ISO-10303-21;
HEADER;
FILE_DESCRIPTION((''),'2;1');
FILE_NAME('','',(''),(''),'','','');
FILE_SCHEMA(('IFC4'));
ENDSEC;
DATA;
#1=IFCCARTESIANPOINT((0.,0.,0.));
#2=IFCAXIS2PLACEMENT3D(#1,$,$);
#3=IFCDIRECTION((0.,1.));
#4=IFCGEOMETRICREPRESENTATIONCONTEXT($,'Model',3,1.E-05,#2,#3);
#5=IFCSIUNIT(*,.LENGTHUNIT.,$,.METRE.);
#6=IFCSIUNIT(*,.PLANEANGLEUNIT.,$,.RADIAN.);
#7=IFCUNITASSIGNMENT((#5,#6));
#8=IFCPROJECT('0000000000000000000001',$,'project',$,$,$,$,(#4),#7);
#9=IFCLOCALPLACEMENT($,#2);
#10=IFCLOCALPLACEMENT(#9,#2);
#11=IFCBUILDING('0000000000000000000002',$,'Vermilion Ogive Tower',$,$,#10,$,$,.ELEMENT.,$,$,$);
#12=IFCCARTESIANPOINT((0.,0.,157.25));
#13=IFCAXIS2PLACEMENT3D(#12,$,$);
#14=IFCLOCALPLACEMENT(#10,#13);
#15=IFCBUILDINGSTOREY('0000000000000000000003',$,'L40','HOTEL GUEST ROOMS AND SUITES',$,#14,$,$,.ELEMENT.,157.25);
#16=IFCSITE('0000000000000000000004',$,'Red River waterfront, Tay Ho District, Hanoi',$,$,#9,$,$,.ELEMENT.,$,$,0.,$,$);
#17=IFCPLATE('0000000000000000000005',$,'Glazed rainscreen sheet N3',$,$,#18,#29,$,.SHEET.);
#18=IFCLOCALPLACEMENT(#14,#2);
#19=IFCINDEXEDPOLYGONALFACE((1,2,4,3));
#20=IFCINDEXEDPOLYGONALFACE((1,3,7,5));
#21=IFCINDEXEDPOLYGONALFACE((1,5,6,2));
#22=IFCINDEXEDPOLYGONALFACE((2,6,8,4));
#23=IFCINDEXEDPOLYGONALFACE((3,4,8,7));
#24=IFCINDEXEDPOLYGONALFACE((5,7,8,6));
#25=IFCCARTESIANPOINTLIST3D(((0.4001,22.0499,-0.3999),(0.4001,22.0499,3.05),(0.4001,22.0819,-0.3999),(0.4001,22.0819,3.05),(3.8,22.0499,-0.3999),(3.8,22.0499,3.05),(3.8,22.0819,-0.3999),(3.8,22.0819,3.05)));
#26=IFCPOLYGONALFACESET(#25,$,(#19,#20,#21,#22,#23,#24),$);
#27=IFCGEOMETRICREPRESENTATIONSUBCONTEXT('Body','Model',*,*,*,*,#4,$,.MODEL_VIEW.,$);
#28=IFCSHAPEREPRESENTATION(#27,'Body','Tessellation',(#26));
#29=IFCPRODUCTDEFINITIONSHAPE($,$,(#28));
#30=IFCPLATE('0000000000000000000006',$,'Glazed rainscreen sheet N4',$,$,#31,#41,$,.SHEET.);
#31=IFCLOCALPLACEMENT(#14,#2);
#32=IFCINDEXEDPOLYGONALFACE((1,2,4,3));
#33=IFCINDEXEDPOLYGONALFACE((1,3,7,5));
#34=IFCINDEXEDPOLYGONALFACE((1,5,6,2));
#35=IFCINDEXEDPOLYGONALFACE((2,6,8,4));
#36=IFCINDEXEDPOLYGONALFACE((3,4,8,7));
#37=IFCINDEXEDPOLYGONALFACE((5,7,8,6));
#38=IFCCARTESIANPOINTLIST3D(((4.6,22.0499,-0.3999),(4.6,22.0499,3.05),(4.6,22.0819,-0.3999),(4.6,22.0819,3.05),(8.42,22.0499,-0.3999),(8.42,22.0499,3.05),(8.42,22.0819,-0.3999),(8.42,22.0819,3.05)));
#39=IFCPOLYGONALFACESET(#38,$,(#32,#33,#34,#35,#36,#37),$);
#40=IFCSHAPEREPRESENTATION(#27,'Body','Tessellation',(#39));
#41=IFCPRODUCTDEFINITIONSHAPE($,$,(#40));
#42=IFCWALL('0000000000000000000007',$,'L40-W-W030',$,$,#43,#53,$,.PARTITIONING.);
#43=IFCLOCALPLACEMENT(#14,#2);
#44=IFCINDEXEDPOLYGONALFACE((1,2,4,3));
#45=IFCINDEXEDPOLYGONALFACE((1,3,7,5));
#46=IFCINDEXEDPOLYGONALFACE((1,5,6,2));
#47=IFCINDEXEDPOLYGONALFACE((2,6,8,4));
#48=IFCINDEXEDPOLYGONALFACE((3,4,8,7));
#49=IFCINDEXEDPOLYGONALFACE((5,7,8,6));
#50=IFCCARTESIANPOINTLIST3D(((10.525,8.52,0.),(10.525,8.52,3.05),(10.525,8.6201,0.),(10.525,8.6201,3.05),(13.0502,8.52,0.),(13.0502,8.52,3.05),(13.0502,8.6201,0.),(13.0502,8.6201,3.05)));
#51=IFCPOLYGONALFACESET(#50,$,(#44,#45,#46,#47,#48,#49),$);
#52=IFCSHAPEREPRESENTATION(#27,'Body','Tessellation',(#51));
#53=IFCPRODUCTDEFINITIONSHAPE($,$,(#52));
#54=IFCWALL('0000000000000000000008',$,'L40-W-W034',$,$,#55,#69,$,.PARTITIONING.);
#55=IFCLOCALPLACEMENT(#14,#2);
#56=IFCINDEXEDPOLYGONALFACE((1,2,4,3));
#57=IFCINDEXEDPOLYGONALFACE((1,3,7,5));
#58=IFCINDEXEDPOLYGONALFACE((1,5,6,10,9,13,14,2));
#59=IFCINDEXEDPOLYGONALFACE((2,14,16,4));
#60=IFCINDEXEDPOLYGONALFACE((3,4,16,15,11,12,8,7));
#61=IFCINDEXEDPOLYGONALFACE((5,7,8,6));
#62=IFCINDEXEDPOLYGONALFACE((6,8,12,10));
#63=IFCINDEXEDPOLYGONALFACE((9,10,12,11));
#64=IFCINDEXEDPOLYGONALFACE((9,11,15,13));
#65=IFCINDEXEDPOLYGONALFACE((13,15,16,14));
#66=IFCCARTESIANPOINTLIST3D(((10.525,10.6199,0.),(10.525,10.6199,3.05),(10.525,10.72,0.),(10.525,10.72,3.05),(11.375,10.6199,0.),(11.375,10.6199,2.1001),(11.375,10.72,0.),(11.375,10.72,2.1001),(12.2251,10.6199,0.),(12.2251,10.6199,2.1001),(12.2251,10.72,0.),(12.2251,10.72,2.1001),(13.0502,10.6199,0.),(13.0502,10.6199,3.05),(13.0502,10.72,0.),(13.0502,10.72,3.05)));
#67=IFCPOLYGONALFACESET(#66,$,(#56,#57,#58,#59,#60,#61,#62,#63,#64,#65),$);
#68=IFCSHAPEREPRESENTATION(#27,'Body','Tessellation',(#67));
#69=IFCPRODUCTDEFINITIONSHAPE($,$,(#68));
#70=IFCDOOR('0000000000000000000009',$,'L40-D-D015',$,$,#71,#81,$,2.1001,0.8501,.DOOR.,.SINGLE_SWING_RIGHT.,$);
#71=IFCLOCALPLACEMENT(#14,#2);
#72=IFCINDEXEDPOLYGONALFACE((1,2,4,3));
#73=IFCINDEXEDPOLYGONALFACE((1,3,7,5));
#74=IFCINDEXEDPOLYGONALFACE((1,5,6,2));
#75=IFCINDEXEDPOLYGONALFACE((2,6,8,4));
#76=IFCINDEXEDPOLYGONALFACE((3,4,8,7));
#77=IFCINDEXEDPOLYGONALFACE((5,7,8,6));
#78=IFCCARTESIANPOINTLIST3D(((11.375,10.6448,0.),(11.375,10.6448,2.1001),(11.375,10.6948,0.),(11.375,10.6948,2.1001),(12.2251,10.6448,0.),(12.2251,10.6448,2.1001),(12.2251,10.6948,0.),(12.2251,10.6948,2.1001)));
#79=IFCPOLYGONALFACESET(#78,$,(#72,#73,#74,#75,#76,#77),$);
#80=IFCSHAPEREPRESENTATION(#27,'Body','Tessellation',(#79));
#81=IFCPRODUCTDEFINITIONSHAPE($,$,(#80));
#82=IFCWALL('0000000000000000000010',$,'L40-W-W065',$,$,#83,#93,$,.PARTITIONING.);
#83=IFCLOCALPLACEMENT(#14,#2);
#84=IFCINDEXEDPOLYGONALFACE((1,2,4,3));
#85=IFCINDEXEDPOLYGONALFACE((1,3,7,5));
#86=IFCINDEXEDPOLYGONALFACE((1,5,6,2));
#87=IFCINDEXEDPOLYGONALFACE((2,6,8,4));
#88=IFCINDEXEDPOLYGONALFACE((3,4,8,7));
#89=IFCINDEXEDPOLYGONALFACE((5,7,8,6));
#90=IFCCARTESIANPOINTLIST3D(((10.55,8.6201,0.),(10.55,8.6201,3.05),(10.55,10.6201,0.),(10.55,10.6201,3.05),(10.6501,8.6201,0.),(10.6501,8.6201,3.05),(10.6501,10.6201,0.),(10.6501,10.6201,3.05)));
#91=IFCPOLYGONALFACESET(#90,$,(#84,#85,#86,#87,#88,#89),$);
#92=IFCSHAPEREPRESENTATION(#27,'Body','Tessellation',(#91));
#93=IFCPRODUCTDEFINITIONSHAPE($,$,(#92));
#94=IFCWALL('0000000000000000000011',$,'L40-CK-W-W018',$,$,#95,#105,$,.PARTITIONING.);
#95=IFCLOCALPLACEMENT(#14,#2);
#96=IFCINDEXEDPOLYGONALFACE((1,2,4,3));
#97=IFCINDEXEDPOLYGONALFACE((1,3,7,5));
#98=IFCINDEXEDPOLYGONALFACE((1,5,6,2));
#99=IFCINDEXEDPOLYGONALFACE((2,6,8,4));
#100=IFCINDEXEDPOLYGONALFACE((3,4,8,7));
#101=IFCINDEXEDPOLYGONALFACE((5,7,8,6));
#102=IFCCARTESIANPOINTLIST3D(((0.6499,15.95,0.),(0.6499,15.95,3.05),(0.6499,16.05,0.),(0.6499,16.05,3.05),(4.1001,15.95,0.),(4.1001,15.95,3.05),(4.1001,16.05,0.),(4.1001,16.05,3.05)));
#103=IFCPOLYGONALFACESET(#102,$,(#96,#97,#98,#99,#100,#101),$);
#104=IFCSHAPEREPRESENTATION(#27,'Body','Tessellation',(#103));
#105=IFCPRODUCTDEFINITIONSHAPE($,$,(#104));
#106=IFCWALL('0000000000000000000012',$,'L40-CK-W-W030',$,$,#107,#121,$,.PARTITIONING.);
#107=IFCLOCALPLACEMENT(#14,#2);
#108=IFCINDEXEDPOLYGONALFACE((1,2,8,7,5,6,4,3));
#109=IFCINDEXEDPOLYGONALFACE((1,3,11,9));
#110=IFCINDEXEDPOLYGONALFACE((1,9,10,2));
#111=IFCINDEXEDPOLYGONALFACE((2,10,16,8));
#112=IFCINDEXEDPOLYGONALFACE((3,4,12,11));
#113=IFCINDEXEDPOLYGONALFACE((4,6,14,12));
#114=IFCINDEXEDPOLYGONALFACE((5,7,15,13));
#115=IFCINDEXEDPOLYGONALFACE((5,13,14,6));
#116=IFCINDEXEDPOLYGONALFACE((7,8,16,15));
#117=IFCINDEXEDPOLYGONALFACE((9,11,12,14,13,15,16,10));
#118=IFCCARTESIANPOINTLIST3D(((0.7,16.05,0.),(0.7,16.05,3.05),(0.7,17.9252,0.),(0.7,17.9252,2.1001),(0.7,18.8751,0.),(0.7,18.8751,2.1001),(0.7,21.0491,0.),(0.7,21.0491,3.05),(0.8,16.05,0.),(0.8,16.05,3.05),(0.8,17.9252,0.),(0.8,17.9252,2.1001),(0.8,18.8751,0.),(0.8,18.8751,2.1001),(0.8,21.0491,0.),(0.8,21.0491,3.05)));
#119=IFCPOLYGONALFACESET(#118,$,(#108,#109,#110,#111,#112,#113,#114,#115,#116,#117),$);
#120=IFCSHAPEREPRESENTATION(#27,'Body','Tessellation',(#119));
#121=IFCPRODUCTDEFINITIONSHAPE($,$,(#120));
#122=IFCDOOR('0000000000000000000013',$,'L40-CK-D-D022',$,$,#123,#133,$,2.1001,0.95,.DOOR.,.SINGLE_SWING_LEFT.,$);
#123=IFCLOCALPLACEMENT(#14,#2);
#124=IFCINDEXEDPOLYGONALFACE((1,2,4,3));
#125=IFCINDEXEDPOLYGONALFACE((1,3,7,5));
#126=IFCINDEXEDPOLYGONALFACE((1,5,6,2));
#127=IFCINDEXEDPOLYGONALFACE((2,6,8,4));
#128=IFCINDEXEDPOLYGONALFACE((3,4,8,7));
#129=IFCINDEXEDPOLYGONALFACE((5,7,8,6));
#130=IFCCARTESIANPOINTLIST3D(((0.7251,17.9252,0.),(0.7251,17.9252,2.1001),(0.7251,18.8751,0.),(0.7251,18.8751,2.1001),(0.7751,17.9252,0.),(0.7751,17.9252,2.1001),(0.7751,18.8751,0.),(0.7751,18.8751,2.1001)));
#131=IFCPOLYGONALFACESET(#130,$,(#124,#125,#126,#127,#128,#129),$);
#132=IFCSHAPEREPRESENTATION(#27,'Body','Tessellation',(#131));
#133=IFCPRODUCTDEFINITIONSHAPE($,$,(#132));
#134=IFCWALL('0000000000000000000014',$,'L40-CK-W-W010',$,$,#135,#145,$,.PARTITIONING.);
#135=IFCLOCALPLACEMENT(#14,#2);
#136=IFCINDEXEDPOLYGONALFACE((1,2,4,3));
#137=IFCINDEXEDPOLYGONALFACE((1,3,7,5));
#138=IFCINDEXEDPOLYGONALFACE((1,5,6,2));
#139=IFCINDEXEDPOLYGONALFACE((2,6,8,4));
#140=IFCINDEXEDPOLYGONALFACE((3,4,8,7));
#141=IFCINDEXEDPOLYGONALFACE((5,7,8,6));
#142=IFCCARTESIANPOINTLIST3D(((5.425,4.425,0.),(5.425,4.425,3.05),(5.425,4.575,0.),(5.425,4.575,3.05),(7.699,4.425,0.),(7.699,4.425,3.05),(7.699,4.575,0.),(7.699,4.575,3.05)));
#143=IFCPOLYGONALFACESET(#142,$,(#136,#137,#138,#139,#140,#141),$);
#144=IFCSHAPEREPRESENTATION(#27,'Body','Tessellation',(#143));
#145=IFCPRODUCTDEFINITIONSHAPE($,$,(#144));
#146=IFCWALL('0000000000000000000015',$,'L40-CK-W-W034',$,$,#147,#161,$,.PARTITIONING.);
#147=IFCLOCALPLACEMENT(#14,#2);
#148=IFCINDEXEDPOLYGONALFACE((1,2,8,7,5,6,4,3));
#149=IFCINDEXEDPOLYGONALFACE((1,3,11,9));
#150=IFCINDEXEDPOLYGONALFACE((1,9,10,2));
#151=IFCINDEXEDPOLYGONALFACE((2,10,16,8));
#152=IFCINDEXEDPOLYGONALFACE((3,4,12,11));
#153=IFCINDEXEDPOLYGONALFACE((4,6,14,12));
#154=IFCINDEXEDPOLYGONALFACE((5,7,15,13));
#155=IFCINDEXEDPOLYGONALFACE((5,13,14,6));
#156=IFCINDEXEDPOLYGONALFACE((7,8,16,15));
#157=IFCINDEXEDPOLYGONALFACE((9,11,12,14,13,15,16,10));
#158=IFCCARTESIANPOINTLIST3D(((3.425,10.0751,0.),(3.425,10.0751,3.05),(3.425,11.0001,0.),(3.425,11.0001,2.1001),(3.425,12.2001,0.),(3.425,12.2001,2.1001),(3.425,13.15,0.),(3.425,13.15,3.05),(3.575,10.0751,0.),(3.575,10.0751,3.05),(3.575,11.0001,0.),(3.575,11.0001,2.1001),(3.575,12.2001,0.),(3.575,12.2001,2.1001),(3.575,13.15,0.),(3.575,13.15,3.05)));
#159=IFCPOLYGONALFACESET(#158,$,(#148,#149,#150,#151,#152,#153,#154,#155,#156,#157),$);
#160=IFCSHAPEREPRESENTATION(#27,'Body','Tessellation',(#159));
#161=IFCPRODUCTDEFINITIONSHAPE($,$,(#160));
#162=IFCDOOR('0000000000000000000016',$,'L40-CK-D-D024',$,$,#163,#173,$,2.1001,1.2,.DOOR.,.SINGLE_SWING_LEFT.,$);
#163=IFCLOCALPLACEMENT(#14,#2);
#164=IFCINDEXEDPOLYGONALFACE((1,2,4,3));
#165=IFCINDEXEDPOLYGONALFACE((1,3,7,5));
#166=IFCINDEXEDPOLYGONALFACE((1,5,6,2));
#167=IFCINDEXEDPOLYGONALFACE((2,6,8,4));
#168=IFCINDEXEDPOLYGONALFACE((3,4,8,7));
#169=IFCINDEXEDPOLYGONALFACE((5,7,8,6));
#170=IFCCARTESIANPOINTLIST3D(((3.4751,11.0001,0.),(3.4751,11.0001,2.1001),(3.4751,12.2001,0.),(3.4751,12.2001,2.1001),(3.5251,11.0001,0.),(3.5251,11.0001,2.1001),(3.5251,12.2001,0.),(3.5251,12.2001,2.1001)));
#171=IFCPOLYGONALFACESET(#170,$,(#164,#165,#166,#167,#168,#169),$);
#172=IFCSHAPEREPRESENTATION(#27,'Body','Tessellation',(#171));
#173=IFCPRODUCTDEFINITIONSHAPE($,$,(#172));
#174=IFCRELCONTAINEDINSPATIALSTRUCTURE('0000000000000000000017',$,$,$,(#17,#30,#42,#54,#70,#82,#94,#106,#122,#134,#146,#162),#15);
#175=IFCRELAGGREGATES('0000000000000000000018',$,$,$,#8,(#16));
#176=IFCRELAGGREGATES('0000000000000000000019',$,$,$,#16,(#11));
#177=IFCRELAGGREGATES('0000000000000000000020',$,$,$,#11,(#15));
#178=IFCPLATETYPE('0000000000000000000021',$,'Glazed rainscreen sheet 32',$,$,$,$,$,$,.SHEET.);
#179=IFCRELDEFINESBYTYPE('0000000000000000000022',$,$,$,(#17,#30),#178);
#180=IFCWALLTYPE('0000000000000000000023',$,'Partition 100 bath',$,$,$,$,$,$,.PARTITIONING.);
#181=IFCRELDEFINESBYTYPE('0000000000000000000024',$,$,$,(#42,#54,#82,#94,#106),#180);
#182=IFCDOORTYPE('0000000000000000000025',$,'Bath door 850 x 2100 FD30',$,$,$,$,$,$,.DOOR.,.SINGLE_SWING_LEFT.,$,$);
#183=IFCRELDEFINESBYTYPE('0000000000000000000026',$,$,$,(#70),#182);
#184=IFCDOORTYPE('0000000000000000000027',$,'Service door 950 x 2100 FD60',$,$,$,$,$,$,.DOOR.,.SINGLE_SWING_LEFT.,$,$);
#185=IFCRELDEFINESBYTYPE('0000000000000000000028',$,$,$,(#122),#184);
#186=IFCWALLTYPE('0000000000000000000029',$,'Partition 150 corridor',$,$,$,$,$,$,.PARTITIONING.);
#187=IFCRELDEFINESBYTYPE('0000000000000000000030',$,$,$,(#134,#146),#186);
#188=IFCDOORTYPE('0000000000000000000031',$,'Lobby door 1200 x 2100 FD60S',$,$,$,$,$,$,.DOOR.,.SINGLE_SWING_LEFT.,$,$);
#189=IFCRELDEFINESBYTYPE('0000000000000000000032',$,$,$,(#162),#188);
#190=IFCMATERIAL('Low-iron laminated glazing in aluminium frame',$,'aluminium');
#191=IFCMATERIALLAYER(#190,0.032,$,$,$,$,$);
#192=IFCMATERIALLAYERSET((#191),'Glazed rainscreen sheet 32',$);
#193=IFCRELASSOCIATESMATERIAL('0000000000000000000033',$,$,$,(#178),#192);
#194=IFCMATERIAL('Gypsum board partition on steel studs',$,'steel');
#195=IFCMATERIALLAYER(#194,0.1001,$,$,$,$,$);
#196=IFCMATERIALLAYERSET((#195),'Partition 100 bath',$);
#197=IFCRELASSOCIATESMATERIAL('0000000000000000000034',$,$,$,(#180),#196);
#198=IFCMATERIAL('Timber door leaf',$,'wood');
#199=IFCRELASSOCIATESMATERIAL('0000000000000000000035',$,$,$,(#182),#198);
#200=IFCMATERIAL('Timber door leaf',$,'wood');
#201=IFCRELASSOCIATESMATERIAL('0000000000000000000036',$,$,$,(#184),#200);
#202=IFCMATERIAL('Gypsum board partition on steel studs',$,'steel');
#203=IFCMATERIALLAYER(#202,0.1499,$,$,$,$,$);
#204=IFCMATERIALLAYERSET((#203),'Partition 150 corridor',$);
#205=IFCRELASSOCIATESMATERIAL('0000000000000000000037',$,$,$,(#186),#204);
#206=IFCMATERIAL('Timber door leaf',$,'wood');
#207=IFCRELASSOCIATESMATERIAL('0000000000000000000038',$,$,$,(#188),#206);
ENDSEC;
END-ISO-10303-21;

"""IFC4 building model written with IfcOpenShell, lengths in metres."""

from ifc_helpers import new_model, si_unit, direction, frame, frame_2d, origin, origin_2d, place, context, subcontext, project, spatial, rectangle, extrude, material, layer, layer_set, type_object, element, fill, save


model = new_model("IFC4")

# Units and contexts
model_context = context("Model", 3, precision=1e-05, world=origin(), true_north=direction((0.0, 1.0)))
body_context = subcontext(model_context, "Body", "Model", "MODEL_VIEW")
ifc_project = project(units=[si_unit("LENGTHUNIT", "METRE"), si_unit("PLANEANGLEUNIT", "RADIAN")], contexts=[model_context])

# Site, building, storey
site_placement = place(None, origin())
site = spatial("IfcSite", under=ifc_project, at=site_placement, Name="Red River waterfront, Tay Ho District, Hanoi", CompositionType="ELEMENT", RefElevation=0.0)
building_placement = place(site_placement, origin())
building = spatial("IfcBuilding", under=site, at=building_placement, Name="Vermilion Ogive Tower", CompositionType="ELEMENT")
storey_placement = place(building_placement, frame((0.0, 0.0, 157.25)))
storey = spatial("IfcBuildingStorey", under=building, at=storey_placement, Name="L40", Description="HOTEL GUEST ROOMS AND SUITES", CompositionType="ELEMENT", Elevation=157.25)

# Plates
ifc_material_1 = material(Name="Low-iron laminated glazing in aluminium frame", Category="aluminium")
ifc_layer_1 = layer(ifc_material_1, 0.032)
ifc_layer_set_1 = layer_set([ifc_layer_1], Name="Glazed rainscreen sheet 32")
plate_type = type_object("IfcPlateType", Name="Glazed rainscreen sheet 32", PredefinedType="SHEET", material=ifc_layer_set_1)
plate_1_placement = place(storey_placement, frame((2.1001, 22.0659, -0.3999), z_axis=(0.0, 0.0, 1.0), x_axis=(1.0, 0.0, 0.0)))
element("IfcPlate", 1, at=plate_1_placement, inside=storey, type_object=plate_type, Name="Glazed rainscreen sheet N3", PredefinedType="SHEET", context=body_context, shape_type="SweptSolid", body=[
    extrude(rectangle(XDim=3.3999, YDim=0.032, at=origin_2d()), origin(), (0.0, 0.0, 1.0), 3.45),
])
plate_2_placement = place(storey_placement, frame((6.51, 22.0659, -0.3999), z_axis=(0.0, 0.0, 1.0), x_axis=(1.0, 0.0, 0.0)))
element("IfcPlate", 2, at=plate_2_placement, inside=storey, type_object=plate_type, Name="Glazed rainscreen sheet N4", PredefinedType="SHEET", context=body_context, shape_type="SweptSolid", body=[
    extrude(rectangle(XDim=3.8201, YDim=0.032, at=origin_2d()), origin(), (0.0, 0.0, 1.0), 3.45),
])

# Wall
ifc_material_2 = material(Name="Gypsum board partition on steel studs", Category="steel")
ifc_layer_2 = layer(ifc_material_2, 0.1001)
ifc_layer_set_2 = layer_set([ifc_layer_2], Name="Partition 100 bath")
wall_type_1 = type_object("IfcWallType", Name="Partition 100 bath", PredefinedType="PARTITIONING", material=ifc_layer_set_2)
wall_1_placement = place(storey_placement, frame((10.5249, 8.5701, 0.0), z_axis=(0.0, 0.0, 1.0), x_axis=(1.0, 0.0, 0.0)))
element("IfcWall", 3, at=wall_1_placement, inside=storey, type_object=wall_type_1, Name="L40-W-W030", PredefinedType="PARTITIONING", context=body_context, shape_type="SweptSolid", body=[
    extrude(rectangle(XDim=2.5251, YDim=0.1001, at=frame_2d((1.2627, 0.0))), origin(), (0.0, 0.0, 1.0), 3.05),
])

# Wall, opening, door
wall_2_placement = place(storey_placement, frame((10.5249, 10.6699, 0.0), z_axis=(0.0, 0.0, 1.0), x_axis=(1.0, 0.0, 0.0)))
wall_2 = element("IfcWall", 4, at=wall_2_placement, inside=storey, type_object=wall_type_1, Name="L40-W-W034", PredefinedType="PARTITIONING", context=body_context, shape_type="SweptSolid", body=[
    extrude(rectangle(XDim=2.5251, YDim=0.1001, at=frame_2d((1.2627, 0.0))), origin(), (0.0, 0.0, 1.0), 3.05),
])
opening_1_placement = place(wall_2_placement, frame((0.8501, 0.0, 0.0)))
opening_1 = element("IfcOpeningElement", 5, at=opening_1_placement, cuts=wall_2, PredefinedType="OPENING", context=body_context, shape_type="SweptSolid", body=[
    extrude(rectangle(XDim=0.8501, YDim=2.1001, at=frame_2d((0.425, 1.05))), frame((0.0, 0.0601, 0.0), z_axis=(0.0, -1.0, 0.0), x_axis=(1.0, 0.0, 0.0)), (0.0, 0.0, 1.0), 0.1201),
])
ifc_material_3 = material(Name="Timber door leaf", Category="wood")
door_type_1 = type_object("IfcDoorType", Name="Bath door 850 x 2100 FD30", OperationType="SINGLE_SWING_LEFT", PredefinedType="DOOR", material=ifc_material_3)
door_1_placement = place(opening_1_placement, origin())
door_1 = element("IfcDoor", 6, at=door_1_placement, inside=storey, type_object=door_type_1, Name="L40-D-D015", OperationType="SINGLE_SWING_RIGHT", OverallHeight=2.1001, OverallWidth=0.8501, PredefinedType="DOOR", context=body_context, shape_type="SweptSolid", body=[
    extrude(rectangle(XDim=0.8501, YDim=2.1001, at=frame_2d((0.425, 1.05))), frame((0.0, 0.0249, 0.0), z_axis=(0.0, -1.0, 0.0), x_axis=(1.0, 0.0, 0.0)), (0.0, 0.0, 1.0), 0.05),
])
fill(opening_1, door_1)

# Walls
wall_3_placement = place(storey_placement, frame((10.6001, 8.6201, 0.0), z_axis=(0.0, 0.0, 1.0), x_axis=(0.0, 1.0, 0.0)))
element("IfcWall", 7, at=wall_3_placement, inside=storey, type_object=wall_type_1, Name="L40-W-W065", PredefinedType="PARTITIONING", context=body_context, shape_type="SweptSolid", body=[
    extrude(rectangle(XDim=2.0, YDim=0.1001, at=frame_2d((1.0, 0.0))), origin(), (0.0, 0.0, 1.0), 3.05),
])
wall_4_placement = place(storey_placement, frame((0.6499, 16.0, 0.0), z_axis=(0.0, 0.0, 1.0), x_axis=(1.0, 0.0, 0.0)))
element("IfcWall", 8, at=wall_4_placement, inside=storey, type_object=wall_type_1, Name="L40-CK-W-W018", PredefinedType="PARTITIONING", context=body_context, shape_type="SweptSolid", body=[
    extrude(rectangle(XDim=3.4502, YDim=0.1001, at=frame_2d((1.7251, 0.0))), origin(), (0.0, 0.0, 1.0), 3.05),
])

# Wall, opening, door
wall_5_placement = place(storey_placement, frame((0.75, 16.05, 0.0), z_axis=(0.0, 0.0, 1.0), x_axis=(0.0, 1.0, 0.0)))
wall_5 = element("IfcWall", 9, at=wall_5_placement, inside=storey, type_object=wall_type_1, Name="L40-CK-W-W030", PredefinedType="PARTITIONING", context=body_context, shape_type="SweptSolid", body=[
    extrude(rectangle(XDim=4.999, YDim=0.1001, at=frame_2d((2.4995, 0.0))), origin(), (0.0, 0.0, 1.0), 3.05),
])
opening_2_placement = place(wall_5_placement, frame((1.875, 0.0, 0.0)))
opening_2 = element("IfcOpeningElement", 10, at=opening_2_placement, cuts=wall_5, PredefinedType="OPENING", context=body_context, shape_type="SweptSolid", body=[
    extrude(rectangle(XDim=0.95, YDim=2.1001, at=frame_2d((0.4751, 1.05))), frame((0.0, 0.0601, 0.0), z_axis=(0.0, -1.0, 0.0), x_axis=(1.0, 0.0, 0.0)), (0.0, 0.0, 1.0), 0.1201),
])
ifc_material_4 = material(Name="Timber door leaf", Category="wood")
door_type_2 = type_object("IfcDoorType", Name="Service door 950 x 2100 FD60", OperationType="SINGLE_SWING_LEFT", PredefinedType="DOOR", material=ifc_material_4)
door_2_placement = place(opening_2_placement, origin())
door_2 = element("IfcDoor", 11, at=door_2_placement, inside=storey, type_object=door_type_2, Name="L40-CK-D-D022", OperationType="SINGLE_SWING_LEFT", OverallHeight=2.1001, OverallWidth=0.95, PredefinedType="DOOR", context=body_context, shape_type="SweptSolid", body=[
    extrude(rectangle(XDim=0.95, YDim=2.1001, at=frame_2d((0.4751, 1.05))), frame((0.0, 0.0249, 0.0), z_axis=(0.0, -1.0, 0.0), x_axis=(1.0, 0.0, 0.0)), (0.0, 0.0, 1.0), 0.05),
])
fill(opening_2, door_2)

# Wall
ifc_material_5 = material(Name="Gypsum board partition on steel studs", Category="steel")
ifc_layer_3 = layer(ifc_material_5, 0.1499)
ifc_layer_set_3 = layer_set([ifc_layer_3], Name="Partition 150 corridor")
wall_type_2 = type_object("IfcWallType", Name="Partition 150 corridor", PredefinedType="PARTITIONING", material=ifc_layer_set_3)
wall_6_placement = place(storey_placement, frame((5.425, 4.5, 0.0), z_axis=(0.0, 0.0, 1.0), x_axis=(1.0, 0.0, 0.0)))
element("IfcWall", 12, at=wall_6_placement, inside=storey, type_object=wall_type_2, Name="L40-CK-W-W010", PredefinedType="PARTITIONING", context=body_context, shape_type="SweptSolid", body=[
    extrude(rectangle(XDim=2.2739, YDim=0.1499, at=frame_2d((1.137, 0.0))), origin(), (0.0, 0.0, 1.0), 3.05),
])

# Wall, opening, door
wall_7_placement = place(storey_placement, frame((3.5, 10.075, 0.0), z_axis=(0.0, 0.0, 1.0), x_axis=(0.0, 1.0, 0.0)))
wall_7 = element("IfcWall", 13, at=wall_7_placement, inside=storey, type_object=wall_type_2, Name="L40-CK-W-W034", PredefinedType="PARTITIONING", context=body_context, shape_type="SweptSolid", body=[
    extrude(rectangle(XDim=3.075, YDim=0.1499, at=frame_2d((1.5376, 0.0))), origin(), (0.0, 0.0, 1.0), 3.05),
])
opening_3_placement = place(wall_7_placement, frame((0.925, 0.0, 0.0)))
opening_3 = element("IfcOpeningElement", 14, at=opening_3_placement, cuts=wall_7, PredefinedType="OPENING", context=body_context, shape_type="SweptSolid", body=[
    extrude(rectangle(XDim=1.2, YDim=2.1001, at=frame_2d((0.6001, 1.05))), frame((0.0, 0.085, 0.0), z_axis=(0.0, -1.0, 0.0), x_axis=(1.0, 0.0, 0.0)), (0.0, 0.0, 1.0), 0.1699),
])
ifc_material_6 = material(Name="Timber door leaf", Category="wood")
door_type_3 = type_object("IfcDoorType", Name="Lobby door 1200 x 2100 FD60S", OperationType="SINGLE_SWING_LEFT", PredefinedType="DOOR", material=ifc_material_6)
door_3_placement = place(opening_3_placement, origin())
door_3 = element("IfcDoor", 15, at=door_3_placement, inside=storey, type_object=door_type_3, Name="L40-CK-D-D024", OperationType="SINGLE_SWING_LEFT", OverallHeight=2.1001, OverallWidth=1.2, PredefinedType="DOOR", context=body_context, shape_type="SweptSolid", body=[
    extrude(rectangle(XDim=1.2, YDim=2.1001, at=frame_2d((0.6001, 1.05))), frame((0.0, 0.0249, 0.0), z_axis=(0.0, -1.0, 0.0), x_axis=(1.0, 0.0, 0.0)), (0.0, 0.0, 1.0), 0.05),
])
fill(opening_3, door_3)

save(model, "model.ifc")
